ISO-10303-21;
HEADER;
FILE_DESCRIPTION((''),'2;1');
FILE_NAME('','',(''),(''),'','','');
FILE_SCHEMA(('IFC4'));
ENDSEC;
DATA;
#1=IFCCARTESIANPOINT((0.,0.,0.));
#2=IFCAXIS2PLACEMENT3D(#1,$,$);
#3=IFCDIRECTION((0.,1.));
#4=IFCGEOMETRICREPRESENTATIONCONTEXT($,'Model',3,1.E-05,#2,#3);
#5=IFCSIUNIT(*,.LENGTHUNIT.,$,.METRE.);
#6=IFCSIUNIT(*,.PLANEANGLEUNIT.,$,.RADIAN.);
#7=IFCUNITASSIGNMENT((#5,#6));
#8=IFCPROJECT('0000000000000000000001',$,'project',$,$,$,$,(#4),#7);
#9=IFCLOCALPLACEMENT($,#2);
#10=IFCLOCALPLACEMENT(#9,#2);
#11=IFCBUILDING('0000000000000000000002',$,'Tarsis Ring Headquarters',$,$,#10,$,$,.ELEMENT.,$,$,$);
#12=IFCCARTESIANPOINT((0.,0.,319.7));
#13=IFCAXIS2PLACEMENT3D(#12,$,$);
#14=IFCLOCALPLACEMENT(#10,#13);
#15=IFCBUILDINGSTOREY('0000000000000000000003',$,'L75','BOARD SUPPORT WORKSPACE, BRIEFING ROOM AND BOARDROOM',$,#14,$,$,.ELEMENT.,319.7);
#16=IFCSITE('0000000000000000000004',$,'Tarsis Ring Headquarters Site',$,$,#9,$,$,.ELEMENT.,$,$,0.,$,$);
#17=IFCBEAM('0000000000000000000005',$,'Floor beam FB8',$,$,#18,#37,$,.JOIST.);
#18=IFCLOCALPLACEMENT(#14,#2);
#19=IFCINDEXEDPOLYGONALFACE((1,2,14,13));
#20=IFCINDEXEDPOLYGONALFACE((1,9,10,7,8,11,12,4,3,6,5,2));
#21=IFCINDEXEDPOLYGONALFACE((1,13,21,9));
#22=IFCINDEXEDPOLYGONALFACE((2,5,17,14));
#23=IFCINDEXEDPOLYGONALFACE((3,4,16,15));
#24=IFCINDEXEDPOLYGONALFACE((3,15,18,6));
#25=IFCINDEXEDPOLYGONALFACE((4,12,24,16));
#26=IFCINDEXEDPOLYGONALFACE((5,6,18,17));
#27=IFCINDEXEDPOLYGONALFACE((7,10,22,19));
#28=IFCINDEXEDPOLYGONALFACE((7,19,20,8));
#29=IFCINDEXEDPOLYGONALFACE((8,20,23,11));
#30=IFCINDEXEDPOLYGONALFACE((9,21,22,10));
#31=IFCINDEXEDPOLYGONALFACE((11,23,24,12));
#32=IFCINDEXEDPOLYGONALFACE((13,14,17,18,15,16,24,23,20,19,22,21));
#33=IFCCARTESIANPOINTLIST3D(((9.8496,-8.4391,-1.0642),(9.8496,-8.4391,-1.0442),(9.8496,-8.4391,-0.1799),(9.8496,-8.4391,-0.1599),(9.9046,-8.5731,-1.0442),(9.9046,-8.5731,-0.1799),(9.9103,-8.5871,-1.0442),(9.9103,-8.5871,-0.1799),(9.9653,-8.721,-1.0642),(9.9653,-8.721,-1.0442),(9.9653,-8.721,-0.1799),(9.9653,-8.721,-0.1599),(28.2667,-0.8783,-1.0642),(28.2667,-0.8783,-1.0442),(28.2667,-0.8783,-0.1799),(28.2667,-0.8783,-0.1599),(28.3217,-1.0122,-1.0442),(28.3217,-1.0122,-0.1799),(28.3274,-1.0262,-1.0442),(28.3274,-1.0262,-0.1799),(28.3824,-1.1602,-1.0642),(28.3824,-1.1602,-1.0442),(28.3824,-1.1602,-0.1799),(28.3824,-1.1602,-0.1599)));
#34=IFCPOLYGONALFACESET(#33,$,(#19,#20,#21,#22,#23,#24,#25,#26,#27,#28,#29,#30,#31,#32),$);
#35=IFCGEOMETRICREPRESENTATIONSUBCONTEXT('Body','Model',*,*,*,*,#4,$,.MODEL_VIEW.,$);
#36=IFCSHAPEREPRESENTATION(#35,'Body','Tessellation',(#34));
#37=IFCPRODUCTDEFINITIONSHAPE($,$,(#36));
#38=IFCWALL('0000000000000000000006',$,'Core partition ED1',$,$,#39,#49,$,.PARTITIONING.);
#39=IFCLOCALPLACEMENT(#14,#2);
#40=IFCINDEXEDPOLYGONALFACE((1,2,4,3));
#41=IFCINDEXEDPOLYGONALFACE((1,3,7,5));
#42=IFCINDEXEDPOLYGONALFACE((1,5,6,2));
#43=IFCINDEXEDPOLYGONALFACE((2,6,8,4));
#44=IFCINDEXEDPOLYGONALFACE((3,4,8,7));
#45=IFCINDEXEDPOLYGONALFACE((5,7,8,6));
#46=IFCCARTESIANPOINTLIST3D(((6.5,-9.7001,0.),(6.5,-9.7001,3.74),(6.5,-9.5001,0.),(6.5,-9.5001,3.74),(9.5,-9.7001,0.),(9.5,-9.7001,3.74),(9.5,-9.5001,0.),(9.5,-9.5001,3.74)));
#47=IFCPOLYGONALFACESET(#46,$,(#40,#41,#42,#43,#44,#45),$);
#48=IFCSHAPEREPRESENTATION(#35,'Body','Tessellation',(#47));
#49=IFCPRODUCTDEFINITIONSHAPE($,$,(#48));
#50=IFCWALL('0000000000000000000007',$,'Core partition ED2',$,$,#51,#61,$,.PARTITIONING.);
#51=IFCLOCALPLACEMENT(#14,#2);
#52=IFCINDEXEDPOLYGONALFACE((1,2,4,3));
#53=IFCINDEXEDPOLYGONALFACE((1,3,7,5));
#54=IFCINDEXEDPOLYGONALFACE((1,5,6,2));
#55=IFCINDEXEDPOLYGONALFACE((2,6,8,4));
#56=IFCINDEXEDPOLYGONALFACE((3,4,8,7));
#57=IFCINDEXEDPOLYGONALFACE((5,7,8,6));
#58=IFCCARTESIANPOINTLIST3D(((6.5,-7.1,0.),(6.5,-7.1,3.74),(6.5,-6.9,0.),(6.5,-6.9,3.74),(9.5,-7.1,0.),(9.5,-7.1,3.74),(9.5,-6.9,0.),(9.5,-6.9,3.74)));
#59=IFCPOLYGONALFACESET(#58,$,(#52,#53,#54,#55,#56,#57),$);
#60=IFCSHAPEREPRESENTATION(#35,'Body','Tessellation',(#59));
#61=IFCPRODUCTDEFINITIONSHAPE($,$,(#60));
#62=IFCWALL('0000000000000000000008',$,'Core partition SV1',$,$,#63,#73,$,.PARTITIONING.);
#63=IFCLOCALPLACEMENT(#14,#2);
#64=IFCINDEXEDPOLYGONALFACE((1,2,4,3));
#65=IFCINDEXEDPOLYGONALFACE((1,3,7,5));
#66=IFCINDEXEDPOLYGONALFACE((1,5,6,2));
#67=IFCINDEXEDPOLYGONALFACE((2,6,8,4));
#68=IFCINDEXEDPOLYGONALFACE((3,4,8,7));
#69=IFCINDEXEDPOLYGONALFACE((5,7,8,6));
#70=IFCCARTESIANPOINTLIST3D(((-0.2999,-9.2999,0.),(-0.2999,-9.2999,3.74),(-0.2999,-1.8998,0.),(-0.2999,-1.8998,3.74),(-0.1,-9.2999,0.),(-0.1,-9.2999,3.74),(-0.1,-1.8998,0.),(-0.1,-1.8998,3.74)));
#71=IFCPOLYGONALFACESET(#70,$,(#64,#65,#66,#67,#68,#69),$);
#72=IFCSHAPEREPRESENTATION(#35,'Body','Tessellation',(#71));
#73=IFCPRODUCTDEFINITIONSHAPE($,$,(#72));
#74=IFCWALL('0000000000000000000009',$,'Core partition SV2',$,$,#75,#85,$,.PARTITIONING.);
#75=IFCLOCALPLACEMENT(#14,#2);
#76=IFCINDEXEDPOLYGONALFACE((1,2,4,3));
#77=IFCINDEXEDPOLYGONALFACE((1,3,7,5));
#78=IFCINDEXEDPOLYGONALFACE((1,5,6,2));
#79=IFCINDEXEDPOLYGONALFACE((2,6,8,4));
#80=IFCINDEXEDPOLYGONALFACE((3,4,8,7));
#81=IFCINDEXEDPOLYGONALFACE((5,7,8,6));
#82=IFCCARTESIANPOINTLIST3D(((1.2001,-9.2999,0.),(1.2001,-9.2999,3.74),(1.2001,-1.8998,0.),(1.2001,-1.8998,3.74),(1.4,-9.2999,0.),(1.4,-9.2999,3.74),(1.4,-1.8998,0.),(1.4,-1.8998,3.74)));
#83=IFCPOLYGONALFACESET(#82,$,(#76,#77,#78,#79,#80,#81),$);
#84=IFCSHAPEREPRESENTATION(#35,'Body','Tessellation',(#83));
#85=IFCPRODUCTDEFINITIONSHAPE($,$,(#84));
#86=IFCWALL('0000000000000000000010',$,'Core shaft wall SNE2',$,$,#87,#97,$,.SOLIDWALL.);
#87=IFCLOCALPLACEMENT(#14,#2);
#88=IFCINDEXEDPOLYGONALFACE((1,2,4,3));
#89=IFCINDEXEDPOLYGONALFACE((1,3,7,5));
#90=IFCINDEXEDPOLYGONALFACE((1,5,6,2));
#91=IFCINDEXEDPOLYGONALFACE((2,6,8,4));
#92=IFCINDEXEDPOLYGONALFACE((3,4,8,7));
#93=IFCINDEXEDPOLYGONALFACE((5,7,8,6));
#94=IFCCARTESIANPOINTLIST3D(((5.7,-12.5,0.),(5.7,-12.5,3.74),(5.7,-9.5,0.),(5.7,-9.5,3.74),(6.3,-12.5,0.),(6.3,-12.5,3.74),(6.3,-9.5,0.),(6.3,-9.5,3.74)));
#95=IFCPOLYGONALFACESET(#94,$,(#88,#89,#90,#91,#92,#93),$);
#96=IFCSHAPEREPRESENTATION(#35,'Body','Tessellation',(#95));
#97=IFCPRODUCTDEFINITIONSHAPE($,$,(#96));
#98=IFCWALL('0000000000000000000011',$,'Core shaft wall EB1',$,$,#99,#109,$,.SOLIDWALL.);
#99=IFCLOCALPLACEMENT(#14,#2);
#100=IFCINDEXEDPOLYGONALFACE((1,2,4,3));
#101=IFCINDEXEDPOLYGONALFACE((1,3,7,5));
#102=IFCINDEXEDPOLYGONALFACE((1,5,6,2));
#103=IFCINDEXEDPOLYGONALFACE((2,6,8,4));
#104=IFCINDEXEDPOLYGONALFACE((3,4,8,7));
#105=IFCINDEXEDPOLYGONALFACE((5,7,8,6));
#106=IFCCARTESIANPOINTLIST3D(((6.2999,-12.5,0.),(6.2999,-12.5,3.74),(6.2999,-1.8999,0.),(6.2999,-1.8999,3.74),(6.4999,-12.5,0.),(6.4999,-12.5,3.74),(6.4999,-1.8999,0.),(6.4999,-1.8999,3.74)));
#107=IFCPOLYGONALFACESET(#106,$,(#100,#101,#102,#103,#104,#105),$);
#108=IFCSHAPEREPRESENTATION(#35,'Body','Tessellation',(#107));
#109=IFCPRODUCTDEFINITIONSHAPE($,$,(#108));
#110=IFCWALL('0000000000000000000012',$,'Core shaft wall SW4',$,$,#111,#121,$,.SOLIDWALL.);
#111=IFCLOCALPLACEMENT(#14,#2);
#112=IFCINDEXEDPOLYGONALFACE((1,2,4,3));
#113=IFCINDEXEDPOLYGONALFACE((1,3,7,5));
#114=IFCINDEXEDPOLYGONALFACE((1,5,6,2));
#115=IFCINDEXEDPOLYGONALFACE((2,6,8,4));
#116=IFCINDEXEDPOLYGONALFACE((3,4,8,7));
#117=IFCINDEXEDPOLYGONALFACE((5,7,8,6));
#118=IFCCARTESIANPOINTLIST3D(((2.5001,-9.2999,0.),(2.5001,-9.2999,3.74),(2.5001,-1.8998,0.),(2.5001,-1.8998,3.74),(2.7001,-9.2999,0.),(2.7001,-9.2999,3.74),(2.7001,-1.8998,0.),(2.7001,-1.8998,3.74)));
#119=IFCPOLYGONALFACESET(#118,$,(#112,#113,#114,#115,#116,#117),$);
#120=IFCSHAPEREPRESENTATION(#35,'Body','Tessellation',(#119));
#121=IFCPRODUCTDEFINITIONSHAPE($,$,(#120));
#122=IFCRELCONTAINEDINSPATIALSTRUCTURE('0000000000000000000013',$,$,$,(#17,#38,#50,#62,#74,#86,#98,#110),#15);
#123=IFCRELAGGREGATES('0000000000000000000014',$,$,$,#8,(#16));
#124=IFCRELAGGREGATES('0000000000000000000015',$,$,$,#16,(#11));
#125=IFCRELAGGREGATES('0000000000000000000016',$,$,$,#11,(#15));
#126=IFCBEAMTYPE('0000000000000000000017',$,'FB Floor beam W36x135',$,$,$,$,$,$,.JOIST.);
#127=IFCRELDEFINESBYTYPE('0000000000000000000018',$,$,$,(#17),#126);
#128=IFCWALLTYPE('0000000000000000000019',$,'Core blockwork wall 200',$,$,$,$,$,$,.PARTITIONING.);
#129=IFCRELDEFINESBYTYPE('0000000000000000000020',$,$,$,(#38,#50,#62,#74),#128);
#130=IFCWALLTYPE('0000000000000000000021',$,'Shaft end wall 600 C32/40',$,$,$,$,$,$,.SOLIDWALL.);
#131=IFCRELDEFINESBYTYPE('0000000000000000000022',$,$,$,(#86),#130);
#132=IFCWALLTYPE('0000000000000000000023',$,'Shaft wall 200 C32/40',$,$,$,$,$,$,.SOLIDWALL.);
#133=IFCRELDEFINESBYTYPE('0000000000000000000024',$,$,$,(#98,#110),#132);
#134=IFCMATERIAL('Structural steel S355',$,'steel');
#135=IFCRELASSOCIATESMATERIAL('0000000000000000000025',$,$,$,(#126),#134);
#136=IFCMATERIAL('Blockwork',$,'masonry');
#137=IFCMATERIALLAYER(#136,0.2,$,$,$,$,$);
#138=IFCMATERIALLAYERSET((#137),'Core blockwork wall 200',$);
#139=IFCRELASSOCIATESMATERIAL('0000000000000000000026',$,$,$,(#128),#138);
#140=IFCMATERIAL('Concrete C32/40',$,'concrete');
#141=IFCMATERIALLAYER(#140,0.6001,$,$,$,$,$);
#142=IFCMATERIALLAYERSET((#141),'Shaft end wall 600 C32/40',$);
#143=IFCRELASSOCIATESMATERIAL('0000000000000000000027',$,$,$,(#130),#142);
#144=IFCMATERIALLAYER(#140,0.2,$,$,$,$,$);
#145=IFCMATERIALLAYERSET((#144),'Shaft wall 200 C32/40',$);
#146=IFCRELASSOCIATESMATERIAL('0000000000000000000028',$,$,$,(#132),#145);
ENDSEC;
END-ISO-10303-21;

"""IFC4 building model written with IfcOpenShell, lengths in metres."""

from ifc_helpers import new_model, si_unit, direction, frame, frame_2d, origin, origin_2d, place, context, subcontext, project, spatial, rectangle, i_section, extrude, material, layer, layer_set, material_profile, profile_set, type_object, element, save


model = new_model("IFC4")

# Units and contexts
model_context = context("Model", 3, precision=1e-05, world=origin(), true_north=direction((0.0, 1.0)))
body_context = subcontext(model_context, "Body", "Model", "MODEL_VIEW")
ifc_project = project(units=[si_unit("LENGTHUNIT", "METRE"), si_unit("PLANEANGLEUNIT", "RADIAN")], contexts=[model_context])

# Site, building, storey
site_placement = place(None, origin())
site = spatial("IfcSite", under=ifc_project, at=site_placement, Name="Tarsis Ring Headquarters Site", CompositionType="ELEMENT", RefElevation=0.0)
building_placement = place(site_placement, origin())
building = spatial("IfcBuilding", under=site, at=building_placement, Name="Tarsis Ring Headquarters", CompositionType="ELEMENT")
storey_placement = place(building_placement, frame((0.0, 0.0, 319.7)))
storey = spatial("IfcBuildingStorey", under=building, at=storey_placement, Name="L75", Description="BOARD SUPPORT WORKSPACE, BRIEFING ROOM AND BOARDROOM", CompositionType="ELEMENT", Elevation=319.7)

# Beam
ifc_material_1 = material(Name="Structural steel S355", Category="steel")
ifc_material_profile = material_profile(ifc_material_1, i_section(OverallWidth=0.3047, OverallDepth=0.9043, WebThickness=0.0151, FlangeThickness=0.02, at=origin_2d()), Name="W36x135")
ifc_profile_set = profile_set([ifc_material_profile], Name="Structural steel S355")
beam_type = type_object("IfcBeamType", Name="FB Floor beam W36x135", PredefinedType="JOIST", material=ifc_profile_set)
beam_placement = place(storey_placement, frame((9.9075, -8.5801, -0.6121), z_axis=(0.925079, 0.379776, 0.0), x_axis=(-0.379776, 0.925079, 0.0)))
element("IfcBeam", 1, at=beam_placement, inside=storey, type_object=beam_type, Name="Floor beam FB8", PredefinedType="JOIST", context=body_context, shape_type="SweptSolid", body=[
    extrude(i_section(OverallWidth=0.3047, OverallDepth=0.9043, WebThickness=0.0151, FlangeThickness=0.02, at=origin_2d()), origin(), (0.0, 0.0, 1.0), 19.9087),
])

# Walls
ifc_material_2 = material(Name="Blockwork", Category="masonry")
ifc_layer_1 = layer(ifc_material_2, 0.2)
ifc_layer_set_1 = layer_set([ifc_layer_1], Name="Core blockwork wall 200")
wall_type_1 = type_object("IfcWallType", Name="Core blockwork wall 200", PredefinedType="PARTITIONING", material=ifc_layer_set_1)
for number, where, z_axis, x_axis, name in (
    (2, (6.5, -9.6001, 0.0), (0.0, 0.0, 1.0), (1.0, 0.0, 0.0), "Core partition ED1"),
    (3, (6.5, -7.0, 0.0), (0.0, 0.0, 1.0), (1.0, 0.0, 0.0), "Core partition ED2"),
):
    element("IfcWall", number, at=place(storey_placement, frame(where, z_axis=z_axis, x_axis=x_axis)), inside=storey, type_object=wall_type_1, Name=name, PredefinedType="PARTITIONING", context=body_context, shape_type="SweptSolid", body=[
        extrude(rectangle(XDim=3.0, YDim=0.2, at=frame_2d((1.5, 0.0))), origin(), (0.0, 0.0, 1.0), 3.74),
    ])
for number, where, z_axis, x_axis, name in (
    (4, (-0.2, -9.3, 0.0), (0.0, 0.0, 1.0), (0.0, 1.0, 0.0), "Core partition SV1"),
    (5, (1.3, -9.3, 0.0), (0.0, 0.0, 1.0), (0.0, 1.0, 0.0), "Core partition SV2"),
):
    element("IfcWall", number, at=place(storey_placement, frame(where, z_axis=z_axis, x_axis=x_axis)), inside=storey, type_object=wall_type_1, Name=name, PredefinedType="PARTITIONING", context=body_context, shape_type="SweptSolid", body=[
        extrude(rectangle(XDim=7.4001, YDim=0.2, at=frame_2d((3.7002, 0.0))), origin(), (0.0, 0.0, 1.0), 3.74),
    ])
ifc_material_3 = material(Name="Concrete C32/40", Category="concrete")
ifc_layer_2 = layer(ifc_material_3, 0.6001)
ifc_layer_set_2 = layer_set([ifc_layer_2], Name="Shaft end wall 600 C32/40")
wall_type_2 = type_object("IfcWallType", Name="Shaft end wall 600 C32/40", PredefinedType="SOLIDWALL", material=ifc_layer_set_2)
wall_1_placement = place(storey_placement, frame((6.0, -12.5, 0.0), z_axis=(0.0, 0.0, 1.0), x_axis=(0.0, 1.0, 0.0)))
element("IfcWall", 6, at=wall_1_placement, inside=storey, type_object=wall_type_2, Name="Core shaft wall SNE2", PredefinedType="SOLIDWALL", context=body_context, shape_type="SweptSolid", body=[
    extrude(rectangle(XDim=3.0, YDim=0.6001, at=frame_2d((1.5, 0.0))), origin(), (0.0, 0.0, 1.0), 3.74),
])
ifc_layer_3 = layer(ifc_material_3, 0.2)
ifc_layer_set_3 = layer_set([ifc_layer_3], Name="Shaft wall 200 C32/40")
wall_type_3 = type_object("IfcWallType", Name="Shaft wall 200 C32/40", PredefinedType="SOLIDWALL", material=ifc_layer_set_3)
wall_2_placement = place(storey_placement, frame((6.3999, -12.5, 0.0), z_axis=(0.0, 0.0, 1.0), x_axis=(0.0, 1.0, 0.0)))
element("IfcWall", 7, at=wall_2_placement, inside=storey, type_object=wall_type_3, Name="Core shaft wall EB1", PredefinedType="SOLIDWALL", context=body_context, shape_type="SweptSolid", body=[
    extrude(rectangle(XDim=10.6001, YDim=0.2, at=frame_2d((5.3, 0.0))), origin(), (0.0, 0.0, 1.0), 3.74),
])
wall_3_placement = place(storey_placement, frame((2.6001, -9.3, 0.0), z_axis=(0.0, 0.0, 1.0), x_axis=(0.0, 1.0, 0.0)))
element("IfcWall", 8, at=wall_3_placement, inside=storey, type_object=wall_type_3, Name="Core shaft wall SW4", PredefinedType="SOLIDWALL", context=body_context, shape_type="SweptSolid", body=[
    extrude(rectangle(XDim=7.4001, YDim=0.2, at=frame_2d((3.7002, 0.0))), origin(), (0.0, 0.0, 1.0), 3.74),
])

save(model, "model.ifc")
